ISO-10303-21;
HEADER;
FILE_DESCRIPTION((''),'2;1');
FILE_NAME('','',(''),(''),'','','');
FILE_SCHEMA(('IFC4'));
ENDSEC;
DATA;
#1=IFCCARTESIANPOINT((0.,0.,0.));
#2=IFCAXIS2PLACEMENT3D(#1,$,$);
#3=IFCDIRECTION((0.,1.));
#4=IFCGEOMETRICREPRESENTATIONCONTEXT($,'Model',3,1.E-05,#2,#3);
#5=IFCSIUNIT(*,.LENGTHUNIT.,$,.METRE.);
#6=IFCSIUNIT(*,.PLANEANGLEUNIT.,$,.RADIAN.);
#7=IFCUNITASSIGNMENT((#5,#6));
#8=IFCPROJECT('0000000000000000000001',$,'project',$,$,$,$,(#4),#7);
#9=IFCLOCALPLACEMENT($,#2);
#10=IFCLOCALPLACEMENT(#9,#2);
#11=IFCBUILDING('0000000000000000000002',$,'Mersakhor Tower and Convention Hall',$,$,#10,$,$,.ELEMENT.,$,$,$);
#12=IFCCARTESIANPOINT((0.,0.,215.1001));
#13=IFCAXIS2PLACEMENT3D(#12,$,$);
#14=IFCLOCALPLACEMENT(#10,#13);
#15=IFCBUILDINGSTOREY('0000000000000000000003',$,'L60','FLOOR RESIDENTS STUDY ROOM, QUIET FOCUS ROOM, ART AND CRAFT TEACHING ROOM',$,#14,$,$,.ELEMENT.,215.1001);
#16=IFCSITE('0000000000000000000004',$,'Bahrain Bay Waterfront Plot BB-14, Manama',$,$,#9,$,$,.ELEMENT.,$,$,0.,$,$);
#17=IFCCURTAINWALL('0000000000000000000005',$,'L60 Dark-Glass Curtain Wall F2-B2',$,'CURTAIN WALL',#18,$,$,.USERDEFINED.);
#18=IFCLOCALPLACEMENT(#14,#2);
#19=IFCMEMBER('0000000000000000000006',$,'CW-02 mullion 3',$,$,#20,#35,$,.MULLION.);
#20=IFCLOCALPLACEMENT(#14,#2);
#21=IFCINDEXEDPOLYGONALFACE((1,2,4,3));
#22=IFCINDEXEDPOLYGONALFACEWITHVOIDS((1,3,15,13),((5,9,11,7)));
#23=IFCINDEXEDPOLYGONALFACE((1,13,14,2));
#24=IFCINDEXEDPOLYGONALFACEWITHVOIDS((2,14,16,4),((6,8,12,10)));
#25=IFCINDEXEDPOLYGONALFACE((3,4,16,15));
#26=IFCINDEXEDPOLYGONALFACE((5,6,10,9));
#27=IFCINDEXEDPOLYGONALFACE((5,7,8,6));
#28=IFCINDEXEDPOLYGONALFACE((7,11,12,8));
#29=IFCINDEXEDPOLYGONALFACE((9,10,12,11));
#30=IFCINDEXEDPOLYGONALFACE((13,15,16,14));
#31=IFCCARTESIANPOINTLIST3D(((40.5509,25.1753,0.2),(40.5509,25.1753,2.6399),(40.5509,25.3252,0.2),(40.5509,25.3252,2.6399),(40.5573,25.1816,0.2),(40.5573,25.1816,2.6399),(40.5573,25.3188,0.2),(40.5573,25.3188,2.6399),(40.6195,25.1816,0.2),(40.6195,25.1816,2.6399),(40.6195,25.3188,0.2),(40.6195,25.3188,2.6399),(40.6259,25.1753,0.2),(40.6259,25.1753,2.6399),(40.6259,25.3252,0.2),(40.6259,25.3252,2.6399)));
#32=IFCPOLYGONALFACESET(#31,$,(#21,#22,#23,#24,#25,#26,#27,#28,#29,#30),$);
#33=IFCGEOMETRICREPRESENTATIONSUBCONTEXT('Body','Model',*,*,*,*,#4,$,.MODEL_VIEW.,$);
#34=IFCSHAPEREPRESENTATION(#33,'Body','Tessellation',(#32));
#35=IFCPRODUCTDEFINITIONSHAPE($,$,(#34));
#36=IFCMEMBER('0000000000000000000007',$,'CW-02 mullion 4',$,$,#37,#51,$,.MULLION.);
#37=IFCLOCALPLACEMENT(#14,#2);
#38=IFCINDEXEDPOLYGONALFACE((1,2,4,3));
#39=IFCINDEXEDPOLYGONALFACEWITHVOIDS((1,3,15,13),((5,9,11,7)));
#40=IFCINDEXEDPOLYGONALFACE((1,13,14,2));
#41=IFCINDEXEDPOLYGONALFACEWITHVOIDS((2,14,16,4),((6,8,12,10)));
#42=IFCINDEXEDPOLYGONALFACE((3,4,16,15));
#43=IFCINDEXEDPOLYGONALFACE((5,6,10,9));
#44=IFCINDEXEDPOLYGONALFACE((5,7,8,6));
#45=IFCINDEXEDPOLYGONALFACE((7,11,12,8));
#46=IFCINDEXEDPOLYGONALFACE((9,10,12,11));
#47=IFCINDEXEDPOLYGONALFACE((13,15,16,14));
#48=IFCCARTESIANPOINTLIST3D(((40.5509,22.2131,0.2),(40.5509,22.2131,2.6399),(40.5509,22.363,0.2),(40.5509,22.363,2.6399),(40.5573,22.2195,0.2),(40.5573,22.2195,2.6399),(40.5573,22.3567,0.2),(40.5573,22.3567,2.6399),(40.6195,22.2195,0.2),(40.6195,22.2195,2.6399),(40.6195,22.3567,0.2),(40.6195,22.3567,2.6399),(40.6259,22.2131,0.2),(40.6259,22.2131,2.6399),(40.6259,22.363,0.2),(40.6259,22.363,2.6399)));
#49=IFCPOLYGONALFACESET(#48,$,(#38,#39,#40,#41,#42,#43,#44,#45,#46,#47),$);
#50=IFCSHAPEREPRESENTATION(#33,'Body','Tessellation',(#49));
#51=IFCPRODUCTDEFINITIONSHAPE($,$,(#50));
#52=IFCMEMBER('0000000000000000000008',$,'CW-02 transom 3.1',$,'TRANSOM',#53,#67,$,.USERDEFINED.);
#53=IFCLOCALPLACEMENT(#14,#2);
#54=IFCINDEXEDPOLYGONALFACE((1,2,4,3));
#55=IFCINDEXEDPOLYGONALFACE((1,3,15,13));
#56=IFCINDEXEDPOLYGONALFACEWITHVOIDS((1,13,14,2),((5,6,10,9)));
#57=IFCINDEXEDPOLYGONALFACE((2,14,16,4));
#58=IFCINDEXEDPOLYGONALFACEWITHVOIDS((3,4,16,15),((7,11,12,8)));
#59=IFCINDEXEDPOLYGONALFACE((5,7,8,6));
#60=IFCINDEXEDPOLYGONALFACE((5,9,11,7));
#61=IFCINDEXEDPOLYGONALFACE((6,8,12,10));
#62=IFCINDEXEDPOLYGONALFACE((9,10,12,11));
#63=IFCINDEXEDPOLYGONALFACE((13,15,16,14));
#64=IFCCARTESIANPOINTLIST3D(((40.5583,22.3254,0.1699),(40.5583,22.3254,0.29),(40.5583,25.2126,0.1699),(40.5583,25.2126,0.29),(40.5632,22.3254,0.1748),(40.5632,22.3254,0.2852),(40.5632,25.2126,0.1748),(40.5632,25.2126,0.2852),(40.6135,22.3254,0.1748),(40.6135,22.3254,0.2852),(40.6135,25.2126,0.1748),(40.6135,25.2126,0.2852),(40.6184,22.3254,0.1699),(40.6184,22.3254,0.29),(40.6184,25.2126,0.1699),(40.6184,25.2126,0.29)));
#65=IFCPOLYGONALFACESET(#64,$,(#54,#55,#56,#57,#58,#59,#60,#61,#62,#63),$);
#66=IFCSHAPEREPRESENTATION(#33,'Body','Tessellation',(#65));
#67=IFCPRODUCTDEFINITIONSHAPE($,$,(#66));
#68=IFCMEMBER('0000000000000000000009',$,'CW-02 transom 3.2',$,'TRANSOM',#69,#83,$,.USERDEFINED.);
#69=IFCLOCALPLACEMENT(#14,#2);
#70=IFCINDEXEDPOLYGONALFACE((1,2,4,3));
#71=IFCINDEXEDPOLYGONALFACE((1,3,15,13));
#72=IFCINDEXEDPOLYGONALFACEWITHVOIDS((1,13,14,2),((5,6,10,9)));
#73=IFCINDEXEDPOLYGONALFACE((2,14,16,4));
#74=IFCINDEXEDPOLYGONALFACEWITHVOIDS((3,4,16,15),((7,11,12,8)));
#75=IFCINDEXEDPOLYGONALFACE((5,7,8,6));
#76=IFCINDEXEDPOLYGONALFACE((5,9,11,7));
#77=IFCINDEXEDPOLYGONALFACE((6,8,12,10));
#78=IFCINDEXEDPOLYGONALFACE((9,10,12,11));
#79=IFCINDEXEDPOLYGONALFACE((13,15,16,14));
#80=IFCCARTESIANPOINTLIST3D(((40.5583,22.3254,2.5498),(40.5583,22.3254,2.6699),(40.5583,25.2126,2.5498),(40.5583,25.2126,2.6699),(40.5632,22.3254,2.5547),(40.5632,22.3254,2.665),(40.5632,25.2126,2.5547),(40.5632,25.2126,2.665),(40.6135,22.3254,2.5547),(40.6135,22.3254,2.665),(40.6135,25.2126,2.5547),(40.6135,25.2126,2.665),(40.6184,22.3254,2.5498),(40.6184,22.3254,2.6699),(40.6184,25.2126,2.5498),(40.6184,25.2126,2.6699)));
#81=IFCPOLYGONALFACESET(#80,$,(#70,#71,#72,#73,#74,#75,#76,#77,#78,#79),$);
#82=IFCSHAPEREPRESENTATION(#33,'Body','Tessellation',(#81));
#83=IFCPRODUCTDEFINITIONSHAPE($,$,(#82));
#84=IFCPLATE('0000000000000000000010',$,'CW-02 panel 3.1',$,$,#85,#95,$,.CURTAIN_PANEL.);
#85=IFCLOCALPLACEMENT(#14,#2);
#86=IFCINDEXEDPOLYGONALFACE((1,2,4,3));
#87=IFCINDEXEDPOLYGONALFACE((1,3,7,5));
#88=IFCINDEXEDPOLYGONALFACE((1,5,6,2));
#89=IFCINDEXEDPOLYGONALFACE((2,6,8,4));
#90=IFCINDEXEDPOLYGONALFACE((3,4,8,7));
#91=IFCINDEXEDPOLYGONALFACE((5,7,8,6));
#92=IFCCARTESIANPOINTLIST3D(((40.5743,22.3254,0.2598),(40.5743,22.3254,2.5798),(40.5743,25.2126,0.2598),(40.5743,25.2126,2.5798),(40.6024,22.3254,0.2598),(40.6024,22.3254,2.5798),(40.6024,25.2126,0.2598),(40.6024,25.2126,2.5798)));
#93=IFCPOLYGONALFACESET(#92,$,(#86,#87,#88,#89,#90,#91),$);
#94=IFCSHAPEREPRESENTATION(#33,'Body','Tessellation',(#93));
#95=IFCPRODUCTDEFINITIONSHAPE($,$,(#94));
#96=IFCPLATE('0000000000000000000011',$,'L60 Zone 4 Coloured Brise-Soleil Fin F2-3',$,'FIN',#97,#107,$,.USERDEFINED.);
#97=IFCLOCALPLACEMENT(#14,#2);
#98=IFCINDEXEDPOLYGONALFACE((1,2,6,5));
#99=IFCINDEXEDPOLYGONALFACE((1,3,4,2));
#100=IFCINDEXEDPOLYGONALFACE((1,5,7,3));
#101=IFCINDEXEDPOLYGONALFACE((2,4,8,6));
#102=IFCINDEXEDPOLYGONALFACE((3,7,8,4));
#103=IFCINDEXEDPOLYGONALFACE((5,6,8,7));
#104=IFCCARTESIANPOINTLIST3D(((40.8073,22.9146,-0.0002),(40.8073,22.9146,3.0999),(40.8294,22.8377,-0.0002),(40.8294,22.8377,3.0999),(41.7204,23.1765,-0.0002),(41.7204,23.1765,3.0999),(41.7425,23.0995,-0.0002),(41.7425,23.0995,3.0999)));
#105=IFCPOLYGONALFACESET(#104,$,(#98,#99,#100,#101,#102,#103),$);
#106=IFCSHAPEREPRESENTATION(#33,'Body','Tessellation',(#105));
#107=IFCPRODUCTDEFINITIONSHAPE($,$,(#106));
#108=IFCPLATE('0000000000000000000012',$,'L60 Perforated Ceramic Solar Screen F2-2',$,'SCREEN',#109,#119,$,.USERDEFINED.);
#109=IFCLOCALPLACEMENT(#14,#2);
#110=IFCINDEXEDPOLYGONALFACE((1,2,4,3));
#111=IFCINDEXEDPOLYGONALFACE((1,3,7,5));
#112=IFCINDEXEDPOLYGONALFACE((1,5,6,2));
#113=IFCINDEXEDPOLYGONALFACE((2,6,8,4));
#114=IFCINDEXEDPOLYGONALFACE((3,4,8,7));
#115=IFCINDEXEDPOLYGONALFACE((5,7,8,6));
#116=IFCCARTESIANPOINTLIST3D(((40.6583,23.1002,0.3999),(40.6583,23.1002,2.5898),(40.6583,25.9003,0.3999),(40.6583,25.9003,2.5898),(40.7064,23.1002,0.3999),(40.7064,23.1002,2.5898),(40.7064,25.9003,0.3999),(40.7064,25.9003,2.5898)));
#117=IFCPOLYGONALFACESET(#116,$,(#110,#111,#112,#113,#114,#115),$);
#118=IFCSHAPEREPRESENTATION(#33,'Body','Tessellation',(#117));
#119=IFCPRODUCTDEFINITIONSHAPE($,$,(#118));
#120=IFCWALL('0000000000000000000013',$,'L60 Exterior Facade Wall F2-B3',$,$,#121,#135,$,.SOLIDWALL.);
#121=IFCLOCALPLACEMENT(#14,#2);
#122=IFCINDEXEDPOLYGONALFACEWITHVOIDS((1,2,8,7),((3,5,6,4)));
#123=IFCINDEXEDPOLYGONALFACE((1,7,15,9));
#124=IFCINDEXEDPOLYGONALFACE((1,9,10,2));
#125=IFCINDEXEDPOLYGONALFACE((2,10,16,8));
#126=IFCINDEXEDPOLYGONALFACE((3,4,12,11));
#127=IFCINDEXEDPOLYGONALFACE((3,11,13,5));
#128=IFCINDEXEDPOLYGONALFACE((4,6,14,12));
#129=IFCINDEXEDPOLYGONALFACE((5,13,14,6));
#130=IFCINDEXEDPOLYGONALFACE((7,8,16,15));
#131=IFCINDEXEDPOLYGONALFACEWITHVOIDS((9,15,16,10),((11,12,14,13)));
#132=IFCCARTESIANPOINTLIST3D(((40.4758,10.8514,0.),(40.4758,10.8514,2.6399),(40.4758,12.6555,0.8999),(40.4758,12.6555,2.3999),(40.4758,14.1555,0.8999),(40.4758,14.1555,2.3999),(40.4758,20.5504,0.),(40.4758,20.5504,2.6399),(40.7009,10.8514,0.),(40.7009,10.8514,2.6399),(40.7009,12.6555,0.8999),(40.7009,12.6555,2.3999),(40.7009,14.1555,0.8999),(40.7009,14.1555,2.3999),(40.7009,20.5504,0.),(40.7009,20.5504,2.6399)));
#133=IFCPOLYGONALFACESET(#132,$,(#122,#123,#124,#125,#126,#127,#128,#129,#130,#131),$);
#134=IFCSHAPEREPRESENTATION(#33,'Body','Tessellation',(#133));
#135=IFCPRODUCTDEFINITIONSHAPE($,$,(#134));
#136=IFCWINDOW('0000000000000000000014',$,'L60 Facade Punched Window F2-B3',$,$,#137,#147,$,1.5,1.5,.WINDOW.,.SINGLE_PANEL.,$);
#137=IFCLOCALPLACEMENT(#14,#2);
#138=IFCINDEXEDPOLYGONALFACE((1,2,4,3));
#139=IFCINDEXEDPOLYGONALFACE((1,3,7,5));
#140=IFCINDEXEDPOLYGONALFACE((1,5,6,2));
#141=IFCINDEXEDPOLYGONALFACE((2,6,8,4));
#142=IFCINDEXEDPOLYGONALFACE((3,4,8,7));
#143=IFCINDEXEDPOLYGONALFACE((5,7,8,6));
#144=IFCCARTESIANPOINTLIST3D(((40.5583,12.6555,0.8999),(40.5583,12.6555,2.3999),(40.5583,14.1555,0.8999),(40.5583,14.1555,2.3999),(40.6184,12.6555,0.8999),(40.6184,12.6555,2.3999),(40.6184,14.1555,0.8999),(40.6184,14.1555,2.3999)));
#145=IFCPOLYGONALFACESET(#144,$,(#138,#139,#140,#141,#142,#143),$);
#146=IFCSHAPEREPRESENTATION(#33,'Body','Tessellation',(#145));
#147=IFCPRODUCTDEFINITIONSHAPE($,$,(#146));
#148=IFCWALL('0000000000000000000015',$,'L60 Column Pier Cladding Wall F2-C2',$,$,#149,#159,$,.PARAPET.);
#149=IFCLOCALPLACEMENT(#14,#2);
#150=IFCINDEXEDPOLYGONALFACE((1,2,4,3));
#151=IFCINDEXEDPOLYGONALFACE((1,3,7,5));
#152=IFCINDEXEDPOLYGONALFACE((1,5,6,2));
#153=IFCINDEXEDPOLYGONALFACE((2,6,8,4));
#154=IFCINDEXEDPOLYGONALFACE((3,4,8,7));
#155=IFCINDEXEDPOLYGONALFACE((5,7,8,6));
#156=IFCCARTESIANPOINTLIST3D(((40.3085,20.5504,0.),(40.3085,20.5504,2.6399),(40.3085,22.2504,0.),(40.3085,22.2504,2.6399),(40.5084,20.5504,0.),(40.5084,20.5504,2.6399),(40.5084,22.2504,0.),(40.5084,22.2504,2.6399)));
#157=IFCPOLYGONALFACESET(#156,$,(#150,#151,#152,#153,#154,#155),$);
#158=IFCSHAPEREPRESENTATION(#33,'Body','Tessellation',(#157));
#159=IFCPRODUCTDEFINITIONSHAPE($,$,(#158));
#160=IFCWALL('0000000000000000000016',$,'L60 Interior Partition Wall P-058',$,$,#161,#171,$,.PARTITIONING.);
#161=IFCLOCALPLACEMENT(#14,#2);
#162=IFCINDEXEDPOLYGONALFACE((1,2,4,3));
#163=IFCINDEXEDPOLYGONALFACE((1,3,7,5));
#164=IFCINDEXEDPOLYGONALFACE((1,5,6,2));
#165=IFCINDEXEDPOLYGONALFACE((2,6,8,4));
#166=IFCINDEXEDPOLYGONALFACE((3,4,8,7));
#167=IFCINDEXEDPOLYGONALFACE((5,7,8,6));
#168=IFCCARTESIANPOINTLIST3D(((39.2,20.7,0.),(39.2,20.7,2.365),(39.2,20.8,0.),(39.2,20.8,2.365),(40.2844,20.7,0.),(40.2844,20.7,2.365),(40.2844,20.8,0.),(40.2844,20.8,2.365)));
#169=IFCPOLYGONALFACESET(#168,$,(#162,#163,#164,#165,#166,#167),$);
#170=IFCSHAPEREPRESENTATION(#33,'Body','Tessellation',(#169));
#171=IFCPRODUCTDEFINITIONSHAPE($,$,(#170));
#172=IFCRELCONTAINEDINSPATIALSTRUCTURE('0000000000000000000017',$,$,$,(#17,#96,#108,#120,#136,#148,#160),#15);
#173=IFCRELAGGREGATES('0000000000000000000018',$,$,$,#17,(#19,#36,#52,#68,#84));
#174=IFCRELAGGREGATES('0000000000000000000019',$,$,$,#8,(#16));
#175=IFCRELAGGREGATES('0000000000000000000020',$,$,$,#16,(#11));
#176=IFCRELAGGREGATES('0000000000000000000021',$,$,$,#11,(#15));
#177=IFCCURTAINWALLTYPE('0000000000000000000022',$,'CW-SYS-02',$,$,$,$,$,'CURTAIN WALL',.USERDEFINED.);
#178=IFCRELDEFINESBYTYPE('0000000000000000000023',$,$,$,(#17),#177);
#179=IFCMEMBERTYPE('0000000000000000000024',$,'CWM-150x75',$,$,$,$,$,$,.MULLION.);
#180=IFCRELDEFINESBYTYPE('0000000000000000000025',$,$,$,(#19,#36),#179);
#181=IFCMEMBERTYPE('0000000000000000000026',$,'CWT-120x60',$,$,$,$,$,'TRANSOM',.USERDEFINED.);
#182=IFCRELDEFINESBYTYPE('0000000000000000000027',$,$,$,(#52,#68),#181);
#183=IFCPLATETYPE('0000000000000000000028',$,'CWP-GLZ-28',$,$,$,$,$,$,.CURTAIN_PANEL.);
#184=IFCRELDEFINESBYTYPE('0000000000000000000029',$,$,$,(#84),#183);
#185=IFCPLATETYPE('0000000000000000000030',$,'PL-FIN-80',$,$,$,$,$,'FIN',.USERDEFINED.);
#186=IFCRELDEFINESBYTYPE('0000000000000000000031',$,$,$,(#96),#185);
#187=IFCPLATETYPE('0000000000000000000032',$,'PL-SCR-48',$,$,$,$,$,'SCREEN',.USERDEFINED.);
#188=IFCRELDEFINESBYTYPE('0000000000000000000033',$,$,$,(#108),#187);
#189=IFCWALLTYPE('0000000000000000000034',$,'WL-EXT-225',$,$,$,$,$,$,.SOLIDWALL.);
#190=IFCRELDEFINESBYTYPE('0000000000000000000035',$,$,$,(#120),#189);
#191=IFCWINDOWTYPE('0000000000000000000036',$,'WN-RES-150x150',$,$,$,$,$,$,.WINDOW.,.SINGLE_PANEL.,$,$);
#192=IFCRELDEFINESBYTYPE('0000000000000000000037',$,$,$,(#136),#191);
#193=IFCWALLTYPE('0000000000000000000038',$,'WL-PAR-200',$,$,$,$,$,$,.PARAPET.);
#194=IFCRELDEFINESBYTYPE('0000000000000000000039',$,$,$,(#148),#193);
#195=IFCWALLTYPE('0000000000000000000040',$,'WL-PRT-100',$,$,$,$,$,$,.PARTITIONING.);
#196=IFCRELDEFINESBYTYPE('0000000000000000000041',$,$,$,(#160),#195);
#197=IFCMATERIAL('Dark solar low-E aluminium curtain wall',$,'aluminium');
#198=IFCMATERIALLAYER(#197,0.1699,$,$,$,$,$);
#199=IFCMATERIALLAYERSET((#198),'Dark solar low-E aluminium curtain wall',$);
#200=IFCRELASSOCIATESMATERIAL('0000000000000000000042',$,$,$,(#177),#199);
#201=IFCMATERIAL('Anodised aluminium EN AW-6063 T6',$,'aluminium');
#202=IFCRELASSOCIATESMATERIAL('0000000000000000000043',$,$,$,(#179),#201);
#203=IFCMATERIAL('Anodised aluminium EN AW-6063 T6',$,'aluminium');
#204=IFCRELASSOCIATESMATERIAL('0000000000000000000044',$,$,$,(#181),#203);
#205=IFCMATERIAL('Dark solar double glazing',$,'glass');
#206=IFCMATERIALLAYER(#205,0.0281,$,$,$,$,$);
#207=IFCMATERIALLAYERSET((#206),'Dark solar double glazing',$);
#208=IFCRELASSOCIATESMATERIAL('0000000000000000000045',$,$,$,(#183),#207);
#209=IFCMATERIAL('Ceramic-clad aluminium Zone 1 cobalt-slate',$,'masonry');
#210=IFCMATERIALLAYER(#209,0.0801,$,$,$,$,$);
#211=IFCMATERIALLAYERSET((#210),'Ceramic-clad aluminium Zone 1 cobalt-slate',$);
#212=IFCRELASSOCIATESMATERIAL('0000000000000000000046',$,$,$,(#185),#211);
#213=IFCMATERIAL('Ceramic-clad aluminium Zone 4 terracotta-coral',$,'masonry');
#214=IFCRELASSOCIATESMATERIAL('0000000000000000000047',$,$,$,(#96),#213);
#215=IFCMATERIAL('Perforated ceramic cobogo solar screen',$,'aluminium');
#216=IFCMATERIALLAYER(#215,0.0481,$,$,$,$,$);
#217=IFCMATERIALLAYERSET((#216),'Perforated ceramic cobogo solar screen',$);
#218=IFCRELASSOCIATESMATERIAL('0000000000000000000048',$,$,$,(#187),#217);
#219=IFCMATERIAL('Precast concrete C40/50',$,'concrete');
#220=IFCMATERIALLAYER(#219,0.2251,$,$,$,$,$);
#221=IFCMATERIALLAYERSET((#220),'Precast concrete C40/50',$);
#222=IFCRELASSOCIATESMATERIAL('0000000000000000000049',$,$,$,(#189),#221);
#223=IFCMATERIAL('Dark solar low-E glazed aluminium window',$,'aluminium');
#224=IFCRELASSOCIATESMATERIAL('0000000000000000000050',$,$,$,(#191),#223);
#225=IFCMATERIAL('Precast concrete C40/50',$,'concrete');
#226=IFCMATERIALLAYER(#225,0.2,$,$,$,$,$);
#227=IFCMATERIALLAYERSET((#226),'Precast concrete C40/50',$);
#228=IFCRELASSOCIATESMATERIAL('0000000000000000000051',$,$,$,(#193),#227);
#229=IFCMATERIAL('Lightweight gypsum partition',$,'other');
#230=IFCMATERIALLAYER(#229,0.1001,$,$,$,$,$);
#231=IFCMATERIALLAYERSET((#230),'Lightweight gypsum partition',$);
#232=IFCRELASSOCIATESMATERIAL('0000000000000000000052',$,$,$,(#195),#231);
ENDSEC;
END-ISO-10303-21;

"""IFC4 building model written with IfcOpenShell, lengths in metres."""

from ifc_helpers import new_model, si_unit, direction, frame, frame_2d, origin, origin_2d, place, context, subcontext, project, spatial, rectangle, hollow_rectangle, extrude, material, layer, layer_set, material_profile, profile_set, type_object, element, fill, aggregate, save


model = new_model("IFC4")

# Units and contexts
model_context = context("Model", 3, precision=1e-05, world=origin(), true_north=direction((0.0, 1.0)))
body_context = subcontext(model_context, "Body", "Model", "MODEL_VIEW")
ifc_project = project(units=[si_unit("LENGTHUNIT", "METRE"), si_unit("PLANEANGLEUNIT", "RADIAN")], contexts=[model_context])

# Site, building, storey
site_placement = place(None, origin())
site = spatial("IfcSite", under=ifc_project, at=site_placement, Name="Bahrain Bay Waterfront Plot BB-14, Manama", CompositionType="ELEMENT", RefElevation=0.0)
building_placement = place(site_placement, origin())
building = spatial("IfcBuilding", under=site, at=building_placement, Name="Mersakhor Tower and Convention Hall", CompositionType="ELEMENT")
storey_placement = place(building_placement, frame((0.0, 0.0, 215.1001)))
storey = spatial("IfcBuildingStorey", under=building, at=storey_placement, Name="L60", Description="FLOOR RESIDENTS STUDY ROOM, QUIET FOCUS ROOM, ART AND CRAFT TEACHING ROOM", CompositionType="ELEMENT", Elevation=215.1001)

# Curtain wall, members, plate
ifc_material_1 = material(Name="Dark solar low-E aluminium curtain wall", Category="aluminium")
ifc_layer_1 = layer(ifc_material_1, 0.1699)
ifc_layer_set_1 = layer_set([ifc_layer_1], Name="Dark solar low-E aluminium curtain wall")
curtain_wall_type = type_object("IfcCurtainWallType", Name="CW-SYS-02", ElementType="CURTAIN WALL", PredefinedType="USERDEFINED", material=ifc_layer_set_1)
curtain_wall_placement = place(storey_placement, origin())
curtain_wall = element("IfcCurtainWall", 1, at=curtain_wall_placement, inside=storey, type_object=curtain_wall_type, Name="L60 Dark-Glass Curtain Wall F2-B2", ObjectType="CURTAIN WALL", PredefinedType="USERDEFINED")
ifc_material_2 = material(Name="Anodised aluminium EN AW-6063 T6", Category="aluminium")
ifc_material_profile_1 = material_profile(ifc_material_2, hollow_rectangle(XDim=0.075, YDim=0.1499, WallThickness=0.0063, at=origin_2d()), Name="RHS 150x75x6.3")
ifc_profile_set_1 = profile_set([ifc_material_profile_1], Name="Anodised aluminium EN AW-6063 T6")
member_type_1 = type_object("IfcMemberType", Name="CWM-150x75", PredefinedType="MULLION", material=ifc_profile_set_1)
member_1_placement = place(storey_placement, frame((40.5884, 25.2502, 0.2), z_axis=(0.0, 0.0, 1.0), x_axis=(1.0, 0.0, 0.0)))
member_1 = element("IfcMember", 2, at=member_1_placement, type_object=member_type_1, Name="CW-02 mullion 3", PredefinedType="MULLION", context=body_context, shape_type="SweptSolid", body=[
    extrude(hollow_rectangle(XDim=0.075, YDim=0.1499, WallThickness=0.0063, at=origin_2d()), origin(), (0.0, 0.0, 1.0), 2.4399),
])
member_2_placement = place(storey_placement, frame((40.5884, 22.2881, 0.2), z_axis=(0.0, 0.0, 1.0), x_axis=(1.0, 0.0, 0.0)))
member_2 = element("IfcMember", 3, at=member_2_placement, type_object=member_type_1, Name="CW-02 mullion 4", PredefinedType="MULLION", context=body_context, shape_type="SweptSolid", body=[
    extrude(hollow_rectangle(XDim=0.075, YDim=0.1499, WallThickness=0.0063, at=origin_2d()), origin(), (0.0, 0.0, 1.0), 2.4399),
])
ifc_material_3 = material(Name="Anodised aluminium EN AW-6063 T6", Category="aluminium")
ifc_material_profile_2 = material_profile(ifc_material_3, hollow_rectangle(XDim=0.0601, YDim=0.1201, WallThickness=0.0049, at=origin_2d()), Name="RHS 120x60x5")
ifc_profile_set_2 = profile_set([ifc_material_profile_2], Name="Anodised aluminium EN AW-6063 T6")
member_type_2 = type_object("IfcMemberType", Name="CWT-120x60", ElementType="TRANSOM", PredefinedType="USERDEFINED", material=ifc_profile_set_2)
member_3_placement = place(storey_placement, frame((40.5884, 25.2126, 0.23), z_axis=(0.0, -1.0, 0.0), x_axis=(1.0, 0.0, 0.0)))
member_3 = element("IfcMember", 4, at=member_3_placement, type_object=member_type_2, Name="CW-02 transom 3.1", ObjectType="TRANSOM", PredefinedType="USERDEFINED", context=body_context, shape_type="SweptSolid", body=[
    extrude(hollow_rectangle(XDim=0.0601, YDim=0.1201, WallThickness=0.0049, at=origin_2d()), origin(), (0.0, 0.0, 1.0), 2.8872),
])
member_4_placement = place(storey_placement, frame((40.5884, 25.2126, 2.6099), z_axis=(0.0, -1.0, 0.0), x_axis=(1.0, 0.0, 0.0)))
member_4 = element("IfcMember", 5, at=member_4_placement, type_object=member_type_2, Name="CW-02 transom 3.2", ObjectType="TRANSOM", PredefinedType="USERDEFINED", context=body_context, shape_type="SweptSolid", body=[
    extrude(hollow_rectangle(XDim=0.0601, YDim=0.1201, WallThickness=0.0049, at=origin_2d()), origin(), (0.0, 0.0, 1.0), 2.8872),
])
ifc_material_4 = material(Name="Dark solar double glazing", Category="glass")
ifc_layer_2 = layer(ifc_material_4, 0.0281)
ifc_layer_set_2 = layer_set([ifc_layer_2], Name="Dark solar double glazing")
plate_type_1 = type_object("IfcPlateType", Name="CWP-GLZ-28", PredefinedType="CURTAIN_PANEL", material=ifc_layer_set_2)
plate_1_placement = place(storey_placement, frame((40.5884, 23.769, 0.2598), z_axis=(0.0, 0.0, 1.0), x_axis=(0.0, -1.0, 0.0)))
plate_1 = element("IfcPlate", 6, at=plate_1_placement, type_object=plate_type_1, Name="CW-02 panel 3.1", PredefinedType="CURTAIN_PANEL", context=body_context, shape_type="SweptSolid", body=[
    extrude(rectangle(XDim=2.8872, YDim=0.0281, at=origin_2d()), origin(), (0.0, 0.0, 1.0), 2.3201),
])
aggregate(curtain_wall, [member_1, member_2, member_3, member_4, plate_1])

# Plates
ifc_material_5 = material(Name="Ceramic-clad aluminium Zone 4 terracotta-coral", Category="masonry")
ifc_material_6 = material(Name="Ceramic-clad aluminium Zone 1 cobalt-slate", Category="masonry")
ifc_layer_3 = layer(ifc_material_6, 0.0801)
ifc_layer_set_3 = layer_set([ifc_layer_3], Name="Ceramic-clad aluminium Zone 1 cobalt-slate")
plate_type_2 = type_object("IfcPlateType", Name="PL-FIN-80", ElementType="FIN", PredefinedType="USERDEFINED", material=ifc_layer_set_3)
plate_2_placement = place(storey_placement, frame((41.2749, 23.0071, -0.0002), z_axis=(0.0, 0.0, 1.0), x_axis=(0.961262, 0.275637, 0.0)))
element("IfcPlate", 7, at=plate_2_placement, inside=storey, type_object=plate_type_2, material=ifc_material_5, Name="L60 Zone 4 Coloured Brise-Soleil Fin F2-3", ObjectType="FIN", PredefinedType="USERDEFINED", context=body_context, shape_type="SweptSolid", body=[
    extrude(rectangle(XDim=0.95, YDim=0.0801, at=origin_2d()), origin(), (0.0, 0.0, 1.0), 3.1001),
])
ifc_material_7 = material(Name="Perforated ceramic cobogo solar screen", Category="aluminium")
ifc_layer_4 = layer(ifc_material_7, 0.0481)
ifc_layer_set_4 = layer_set([ifc_layer_4], Name="Perforated ceramic cobogo solar screen")
plate_type_3 = type_object("IfcPlateType", Name="PL-SCR-48", ElementType="SCREEN", PredefinedType="USERDEFINED", material=ifc_layer_set_4)
plate_3_placement = place(storey_placement, frame((40.6824, 24.5002, 0.3999), z_axis=(0.0, 0.0, 1.0), x_axis=(0.0, -1.0, 0.0)))
element("IfcPlate", 8, at=plate_3_placement, inside=storey, type_object=plate_type_3, Name="L60 Perforated Ceramic Solar Screen F2-2", ObjectType="SCREEN", PredefinedType="USERDEFINED", context=body_context, shape_type="SweptSolid", body=[
    extrude(rectangle(XDim=2.8, YDim=0.0481, at=origin_2d()), origin(), (0.0, 0.0, 1.0), 2.1899),
])

# Wall, opening, window
ifc_material_8 = material(Name="Precast concrete C40/50", Category="concrete")
ifc_layer_5 = layer(ifc_material_8, 0.2251)
ifc_layer_set_5 = layer_set([ifc_layer_5], Name="Precast concrete C40/50")
wall_type_1 = type_object("IfcWallType", Name="WL-EXT-225", PredefinedType="SOLIDWALL", material=ifc_layer_set_5)
wall_1_placement = place(storey_placement, frame((40.5884, 20.5505, 0.0), z_axis=(0.0, 0.0, 1.0), x_axis=(0.0, -1.0, 0.0)))
wall_1 = element("IfcWall", 9, at=wall_1_placement, inside=storey, type_object=wall_type_1, Name="L60 Exterior Facade Wall F2-B3", PredefinedType="SOLIDWALL", context=body_context, shape_type="SweptSolid", body=[
    extrude(rectangle(XDim=9.699, YDim=0.2251, at=frame_2d((4.8496, 0.0))), origin(), (0.0, 0.0, 1.0), 2.6399),
])
opening_1_placement = place(wall_1_placement, frame((6.395, 0.0, 0.8999)))
opening_1 = element("IfcOpeningElement", 10, at=opening_1_placement, cuts=wall_1, PredefinedType="OPENING", context=body_context, shape_type="SweptSolid", body=[
    extrude(rectangle(XDim=1.5, YDim=1.5, at=frame_2d((0.75, 0.75))), frame((0.0, 0.1226, 0.0), z_axis=(0.0, -1.0, 0.0), x_axis=(1.0, 0.0, 0.0)), (0.0, 0.0, 1.0), 0.2451),
])
ifc_material_9 = material(Name="Dark solar low-E glazed aluminium window", Category="aluminium")
window_type = type_object("IfcWindowType", Name="WN-RES-150x150", PartitioningType="SINGLE_PANEL", PredefinedType="WINDOW", material=ifc_material_9)
window_placement = place(opening_1_placement, origin())
window = element("IfcWindow", 11, at=window_placement, inside=storey, type_object=window_type, Name="L60 Facade Punched Window F2-B3", OverallHeight=1.5, OverallWidth=1.5, PartitioningType="SINGLE_PANEL", PredefinedType="WINDOW", context=body_context, shape_type="SweptSolid", body=[
    extrude(rectangle(XDim=1.5, YDim=1.5, at=frame_2d((0.75, 0.75))), frame((0.0, 0.03, 0.0), z_axis=(0.0, -1.0, 0.0), x_axis=(1.0, 0.0, 0.0)), (0.0, 0.0, 1.0), 0.0601),
])
fill(opening_1, window)

# Walls
ifc_material_10 = material(Name="Precast concrete C40/50", Category="concrete")
ifc_layer_6 = layer(ifc_material_10, 0.2)
ifc_layer_set_6 = layer_set([ifc_layer_6], Name="Precast concrete C40/50")
wall_type_2 = type_object("IfcWallType", Name="WL-PAR-200", PredefinedType="PARAPET", material=ifc_layer_set_6)
wall_2_placement = place(storey_placement, frame((40.4084, 22.2505, 0.0), z_axis=(0.0, 0.0, 1.0), x_axis=(0.0, -1.0, 0.0)))
element("IfcWall", 12, at=wall_2_placement, inside=storey, type_object=wall_type_2, Name="L60 Column Pier Cladding Wall F2-C2", PredefinedType="PARAPET", context=body_context, shape_type="SweptSolid", body=[
    extrude(rectangle(XDim=1.7, YDim=0.2, at=frame_2d((0.8501, 0.0))), origin(), (0.0, 0.0, 1.0), 2.6399),
])
ifc_material_11 = material(Name="Lightweight gypsum partition", Category="other")
ifc_layer_7 = layer(ifc_material_11, 0.1001)
ifc_layer_set_7 = layer_set([ifc_layer_7], Name="Lightweight gypsum partition")
wall_type_3 = type_object("IfcWallType", Name="WL-PRT-100", PredefinedType="PARTITIONING", material=ifc_layer_set_7)
wall_3_placement = place(storey_placement, frame((40.2844, 20.75, 0.0), z_axis=(0.0, 0.0, 1.0), x_axis=(-1.0, 0.0, 0.0)))
element("IfcWall", 13, at=wall_3_placement, inside=storey, type_object=wall_type_3, Name="L60 Interior Partition Wall P-058", PredefinedType="PARTITIONING", context=body_context, shape_type="SweptSolid", body=[
    extrude(rectangle(XDim=1.0845, YDim=0.1001, at=frame_2d((0.5422, 0.0))), origin(), (0.0, 0.0, 1.0), 2.365),
])

save(model, "model.ifc")
